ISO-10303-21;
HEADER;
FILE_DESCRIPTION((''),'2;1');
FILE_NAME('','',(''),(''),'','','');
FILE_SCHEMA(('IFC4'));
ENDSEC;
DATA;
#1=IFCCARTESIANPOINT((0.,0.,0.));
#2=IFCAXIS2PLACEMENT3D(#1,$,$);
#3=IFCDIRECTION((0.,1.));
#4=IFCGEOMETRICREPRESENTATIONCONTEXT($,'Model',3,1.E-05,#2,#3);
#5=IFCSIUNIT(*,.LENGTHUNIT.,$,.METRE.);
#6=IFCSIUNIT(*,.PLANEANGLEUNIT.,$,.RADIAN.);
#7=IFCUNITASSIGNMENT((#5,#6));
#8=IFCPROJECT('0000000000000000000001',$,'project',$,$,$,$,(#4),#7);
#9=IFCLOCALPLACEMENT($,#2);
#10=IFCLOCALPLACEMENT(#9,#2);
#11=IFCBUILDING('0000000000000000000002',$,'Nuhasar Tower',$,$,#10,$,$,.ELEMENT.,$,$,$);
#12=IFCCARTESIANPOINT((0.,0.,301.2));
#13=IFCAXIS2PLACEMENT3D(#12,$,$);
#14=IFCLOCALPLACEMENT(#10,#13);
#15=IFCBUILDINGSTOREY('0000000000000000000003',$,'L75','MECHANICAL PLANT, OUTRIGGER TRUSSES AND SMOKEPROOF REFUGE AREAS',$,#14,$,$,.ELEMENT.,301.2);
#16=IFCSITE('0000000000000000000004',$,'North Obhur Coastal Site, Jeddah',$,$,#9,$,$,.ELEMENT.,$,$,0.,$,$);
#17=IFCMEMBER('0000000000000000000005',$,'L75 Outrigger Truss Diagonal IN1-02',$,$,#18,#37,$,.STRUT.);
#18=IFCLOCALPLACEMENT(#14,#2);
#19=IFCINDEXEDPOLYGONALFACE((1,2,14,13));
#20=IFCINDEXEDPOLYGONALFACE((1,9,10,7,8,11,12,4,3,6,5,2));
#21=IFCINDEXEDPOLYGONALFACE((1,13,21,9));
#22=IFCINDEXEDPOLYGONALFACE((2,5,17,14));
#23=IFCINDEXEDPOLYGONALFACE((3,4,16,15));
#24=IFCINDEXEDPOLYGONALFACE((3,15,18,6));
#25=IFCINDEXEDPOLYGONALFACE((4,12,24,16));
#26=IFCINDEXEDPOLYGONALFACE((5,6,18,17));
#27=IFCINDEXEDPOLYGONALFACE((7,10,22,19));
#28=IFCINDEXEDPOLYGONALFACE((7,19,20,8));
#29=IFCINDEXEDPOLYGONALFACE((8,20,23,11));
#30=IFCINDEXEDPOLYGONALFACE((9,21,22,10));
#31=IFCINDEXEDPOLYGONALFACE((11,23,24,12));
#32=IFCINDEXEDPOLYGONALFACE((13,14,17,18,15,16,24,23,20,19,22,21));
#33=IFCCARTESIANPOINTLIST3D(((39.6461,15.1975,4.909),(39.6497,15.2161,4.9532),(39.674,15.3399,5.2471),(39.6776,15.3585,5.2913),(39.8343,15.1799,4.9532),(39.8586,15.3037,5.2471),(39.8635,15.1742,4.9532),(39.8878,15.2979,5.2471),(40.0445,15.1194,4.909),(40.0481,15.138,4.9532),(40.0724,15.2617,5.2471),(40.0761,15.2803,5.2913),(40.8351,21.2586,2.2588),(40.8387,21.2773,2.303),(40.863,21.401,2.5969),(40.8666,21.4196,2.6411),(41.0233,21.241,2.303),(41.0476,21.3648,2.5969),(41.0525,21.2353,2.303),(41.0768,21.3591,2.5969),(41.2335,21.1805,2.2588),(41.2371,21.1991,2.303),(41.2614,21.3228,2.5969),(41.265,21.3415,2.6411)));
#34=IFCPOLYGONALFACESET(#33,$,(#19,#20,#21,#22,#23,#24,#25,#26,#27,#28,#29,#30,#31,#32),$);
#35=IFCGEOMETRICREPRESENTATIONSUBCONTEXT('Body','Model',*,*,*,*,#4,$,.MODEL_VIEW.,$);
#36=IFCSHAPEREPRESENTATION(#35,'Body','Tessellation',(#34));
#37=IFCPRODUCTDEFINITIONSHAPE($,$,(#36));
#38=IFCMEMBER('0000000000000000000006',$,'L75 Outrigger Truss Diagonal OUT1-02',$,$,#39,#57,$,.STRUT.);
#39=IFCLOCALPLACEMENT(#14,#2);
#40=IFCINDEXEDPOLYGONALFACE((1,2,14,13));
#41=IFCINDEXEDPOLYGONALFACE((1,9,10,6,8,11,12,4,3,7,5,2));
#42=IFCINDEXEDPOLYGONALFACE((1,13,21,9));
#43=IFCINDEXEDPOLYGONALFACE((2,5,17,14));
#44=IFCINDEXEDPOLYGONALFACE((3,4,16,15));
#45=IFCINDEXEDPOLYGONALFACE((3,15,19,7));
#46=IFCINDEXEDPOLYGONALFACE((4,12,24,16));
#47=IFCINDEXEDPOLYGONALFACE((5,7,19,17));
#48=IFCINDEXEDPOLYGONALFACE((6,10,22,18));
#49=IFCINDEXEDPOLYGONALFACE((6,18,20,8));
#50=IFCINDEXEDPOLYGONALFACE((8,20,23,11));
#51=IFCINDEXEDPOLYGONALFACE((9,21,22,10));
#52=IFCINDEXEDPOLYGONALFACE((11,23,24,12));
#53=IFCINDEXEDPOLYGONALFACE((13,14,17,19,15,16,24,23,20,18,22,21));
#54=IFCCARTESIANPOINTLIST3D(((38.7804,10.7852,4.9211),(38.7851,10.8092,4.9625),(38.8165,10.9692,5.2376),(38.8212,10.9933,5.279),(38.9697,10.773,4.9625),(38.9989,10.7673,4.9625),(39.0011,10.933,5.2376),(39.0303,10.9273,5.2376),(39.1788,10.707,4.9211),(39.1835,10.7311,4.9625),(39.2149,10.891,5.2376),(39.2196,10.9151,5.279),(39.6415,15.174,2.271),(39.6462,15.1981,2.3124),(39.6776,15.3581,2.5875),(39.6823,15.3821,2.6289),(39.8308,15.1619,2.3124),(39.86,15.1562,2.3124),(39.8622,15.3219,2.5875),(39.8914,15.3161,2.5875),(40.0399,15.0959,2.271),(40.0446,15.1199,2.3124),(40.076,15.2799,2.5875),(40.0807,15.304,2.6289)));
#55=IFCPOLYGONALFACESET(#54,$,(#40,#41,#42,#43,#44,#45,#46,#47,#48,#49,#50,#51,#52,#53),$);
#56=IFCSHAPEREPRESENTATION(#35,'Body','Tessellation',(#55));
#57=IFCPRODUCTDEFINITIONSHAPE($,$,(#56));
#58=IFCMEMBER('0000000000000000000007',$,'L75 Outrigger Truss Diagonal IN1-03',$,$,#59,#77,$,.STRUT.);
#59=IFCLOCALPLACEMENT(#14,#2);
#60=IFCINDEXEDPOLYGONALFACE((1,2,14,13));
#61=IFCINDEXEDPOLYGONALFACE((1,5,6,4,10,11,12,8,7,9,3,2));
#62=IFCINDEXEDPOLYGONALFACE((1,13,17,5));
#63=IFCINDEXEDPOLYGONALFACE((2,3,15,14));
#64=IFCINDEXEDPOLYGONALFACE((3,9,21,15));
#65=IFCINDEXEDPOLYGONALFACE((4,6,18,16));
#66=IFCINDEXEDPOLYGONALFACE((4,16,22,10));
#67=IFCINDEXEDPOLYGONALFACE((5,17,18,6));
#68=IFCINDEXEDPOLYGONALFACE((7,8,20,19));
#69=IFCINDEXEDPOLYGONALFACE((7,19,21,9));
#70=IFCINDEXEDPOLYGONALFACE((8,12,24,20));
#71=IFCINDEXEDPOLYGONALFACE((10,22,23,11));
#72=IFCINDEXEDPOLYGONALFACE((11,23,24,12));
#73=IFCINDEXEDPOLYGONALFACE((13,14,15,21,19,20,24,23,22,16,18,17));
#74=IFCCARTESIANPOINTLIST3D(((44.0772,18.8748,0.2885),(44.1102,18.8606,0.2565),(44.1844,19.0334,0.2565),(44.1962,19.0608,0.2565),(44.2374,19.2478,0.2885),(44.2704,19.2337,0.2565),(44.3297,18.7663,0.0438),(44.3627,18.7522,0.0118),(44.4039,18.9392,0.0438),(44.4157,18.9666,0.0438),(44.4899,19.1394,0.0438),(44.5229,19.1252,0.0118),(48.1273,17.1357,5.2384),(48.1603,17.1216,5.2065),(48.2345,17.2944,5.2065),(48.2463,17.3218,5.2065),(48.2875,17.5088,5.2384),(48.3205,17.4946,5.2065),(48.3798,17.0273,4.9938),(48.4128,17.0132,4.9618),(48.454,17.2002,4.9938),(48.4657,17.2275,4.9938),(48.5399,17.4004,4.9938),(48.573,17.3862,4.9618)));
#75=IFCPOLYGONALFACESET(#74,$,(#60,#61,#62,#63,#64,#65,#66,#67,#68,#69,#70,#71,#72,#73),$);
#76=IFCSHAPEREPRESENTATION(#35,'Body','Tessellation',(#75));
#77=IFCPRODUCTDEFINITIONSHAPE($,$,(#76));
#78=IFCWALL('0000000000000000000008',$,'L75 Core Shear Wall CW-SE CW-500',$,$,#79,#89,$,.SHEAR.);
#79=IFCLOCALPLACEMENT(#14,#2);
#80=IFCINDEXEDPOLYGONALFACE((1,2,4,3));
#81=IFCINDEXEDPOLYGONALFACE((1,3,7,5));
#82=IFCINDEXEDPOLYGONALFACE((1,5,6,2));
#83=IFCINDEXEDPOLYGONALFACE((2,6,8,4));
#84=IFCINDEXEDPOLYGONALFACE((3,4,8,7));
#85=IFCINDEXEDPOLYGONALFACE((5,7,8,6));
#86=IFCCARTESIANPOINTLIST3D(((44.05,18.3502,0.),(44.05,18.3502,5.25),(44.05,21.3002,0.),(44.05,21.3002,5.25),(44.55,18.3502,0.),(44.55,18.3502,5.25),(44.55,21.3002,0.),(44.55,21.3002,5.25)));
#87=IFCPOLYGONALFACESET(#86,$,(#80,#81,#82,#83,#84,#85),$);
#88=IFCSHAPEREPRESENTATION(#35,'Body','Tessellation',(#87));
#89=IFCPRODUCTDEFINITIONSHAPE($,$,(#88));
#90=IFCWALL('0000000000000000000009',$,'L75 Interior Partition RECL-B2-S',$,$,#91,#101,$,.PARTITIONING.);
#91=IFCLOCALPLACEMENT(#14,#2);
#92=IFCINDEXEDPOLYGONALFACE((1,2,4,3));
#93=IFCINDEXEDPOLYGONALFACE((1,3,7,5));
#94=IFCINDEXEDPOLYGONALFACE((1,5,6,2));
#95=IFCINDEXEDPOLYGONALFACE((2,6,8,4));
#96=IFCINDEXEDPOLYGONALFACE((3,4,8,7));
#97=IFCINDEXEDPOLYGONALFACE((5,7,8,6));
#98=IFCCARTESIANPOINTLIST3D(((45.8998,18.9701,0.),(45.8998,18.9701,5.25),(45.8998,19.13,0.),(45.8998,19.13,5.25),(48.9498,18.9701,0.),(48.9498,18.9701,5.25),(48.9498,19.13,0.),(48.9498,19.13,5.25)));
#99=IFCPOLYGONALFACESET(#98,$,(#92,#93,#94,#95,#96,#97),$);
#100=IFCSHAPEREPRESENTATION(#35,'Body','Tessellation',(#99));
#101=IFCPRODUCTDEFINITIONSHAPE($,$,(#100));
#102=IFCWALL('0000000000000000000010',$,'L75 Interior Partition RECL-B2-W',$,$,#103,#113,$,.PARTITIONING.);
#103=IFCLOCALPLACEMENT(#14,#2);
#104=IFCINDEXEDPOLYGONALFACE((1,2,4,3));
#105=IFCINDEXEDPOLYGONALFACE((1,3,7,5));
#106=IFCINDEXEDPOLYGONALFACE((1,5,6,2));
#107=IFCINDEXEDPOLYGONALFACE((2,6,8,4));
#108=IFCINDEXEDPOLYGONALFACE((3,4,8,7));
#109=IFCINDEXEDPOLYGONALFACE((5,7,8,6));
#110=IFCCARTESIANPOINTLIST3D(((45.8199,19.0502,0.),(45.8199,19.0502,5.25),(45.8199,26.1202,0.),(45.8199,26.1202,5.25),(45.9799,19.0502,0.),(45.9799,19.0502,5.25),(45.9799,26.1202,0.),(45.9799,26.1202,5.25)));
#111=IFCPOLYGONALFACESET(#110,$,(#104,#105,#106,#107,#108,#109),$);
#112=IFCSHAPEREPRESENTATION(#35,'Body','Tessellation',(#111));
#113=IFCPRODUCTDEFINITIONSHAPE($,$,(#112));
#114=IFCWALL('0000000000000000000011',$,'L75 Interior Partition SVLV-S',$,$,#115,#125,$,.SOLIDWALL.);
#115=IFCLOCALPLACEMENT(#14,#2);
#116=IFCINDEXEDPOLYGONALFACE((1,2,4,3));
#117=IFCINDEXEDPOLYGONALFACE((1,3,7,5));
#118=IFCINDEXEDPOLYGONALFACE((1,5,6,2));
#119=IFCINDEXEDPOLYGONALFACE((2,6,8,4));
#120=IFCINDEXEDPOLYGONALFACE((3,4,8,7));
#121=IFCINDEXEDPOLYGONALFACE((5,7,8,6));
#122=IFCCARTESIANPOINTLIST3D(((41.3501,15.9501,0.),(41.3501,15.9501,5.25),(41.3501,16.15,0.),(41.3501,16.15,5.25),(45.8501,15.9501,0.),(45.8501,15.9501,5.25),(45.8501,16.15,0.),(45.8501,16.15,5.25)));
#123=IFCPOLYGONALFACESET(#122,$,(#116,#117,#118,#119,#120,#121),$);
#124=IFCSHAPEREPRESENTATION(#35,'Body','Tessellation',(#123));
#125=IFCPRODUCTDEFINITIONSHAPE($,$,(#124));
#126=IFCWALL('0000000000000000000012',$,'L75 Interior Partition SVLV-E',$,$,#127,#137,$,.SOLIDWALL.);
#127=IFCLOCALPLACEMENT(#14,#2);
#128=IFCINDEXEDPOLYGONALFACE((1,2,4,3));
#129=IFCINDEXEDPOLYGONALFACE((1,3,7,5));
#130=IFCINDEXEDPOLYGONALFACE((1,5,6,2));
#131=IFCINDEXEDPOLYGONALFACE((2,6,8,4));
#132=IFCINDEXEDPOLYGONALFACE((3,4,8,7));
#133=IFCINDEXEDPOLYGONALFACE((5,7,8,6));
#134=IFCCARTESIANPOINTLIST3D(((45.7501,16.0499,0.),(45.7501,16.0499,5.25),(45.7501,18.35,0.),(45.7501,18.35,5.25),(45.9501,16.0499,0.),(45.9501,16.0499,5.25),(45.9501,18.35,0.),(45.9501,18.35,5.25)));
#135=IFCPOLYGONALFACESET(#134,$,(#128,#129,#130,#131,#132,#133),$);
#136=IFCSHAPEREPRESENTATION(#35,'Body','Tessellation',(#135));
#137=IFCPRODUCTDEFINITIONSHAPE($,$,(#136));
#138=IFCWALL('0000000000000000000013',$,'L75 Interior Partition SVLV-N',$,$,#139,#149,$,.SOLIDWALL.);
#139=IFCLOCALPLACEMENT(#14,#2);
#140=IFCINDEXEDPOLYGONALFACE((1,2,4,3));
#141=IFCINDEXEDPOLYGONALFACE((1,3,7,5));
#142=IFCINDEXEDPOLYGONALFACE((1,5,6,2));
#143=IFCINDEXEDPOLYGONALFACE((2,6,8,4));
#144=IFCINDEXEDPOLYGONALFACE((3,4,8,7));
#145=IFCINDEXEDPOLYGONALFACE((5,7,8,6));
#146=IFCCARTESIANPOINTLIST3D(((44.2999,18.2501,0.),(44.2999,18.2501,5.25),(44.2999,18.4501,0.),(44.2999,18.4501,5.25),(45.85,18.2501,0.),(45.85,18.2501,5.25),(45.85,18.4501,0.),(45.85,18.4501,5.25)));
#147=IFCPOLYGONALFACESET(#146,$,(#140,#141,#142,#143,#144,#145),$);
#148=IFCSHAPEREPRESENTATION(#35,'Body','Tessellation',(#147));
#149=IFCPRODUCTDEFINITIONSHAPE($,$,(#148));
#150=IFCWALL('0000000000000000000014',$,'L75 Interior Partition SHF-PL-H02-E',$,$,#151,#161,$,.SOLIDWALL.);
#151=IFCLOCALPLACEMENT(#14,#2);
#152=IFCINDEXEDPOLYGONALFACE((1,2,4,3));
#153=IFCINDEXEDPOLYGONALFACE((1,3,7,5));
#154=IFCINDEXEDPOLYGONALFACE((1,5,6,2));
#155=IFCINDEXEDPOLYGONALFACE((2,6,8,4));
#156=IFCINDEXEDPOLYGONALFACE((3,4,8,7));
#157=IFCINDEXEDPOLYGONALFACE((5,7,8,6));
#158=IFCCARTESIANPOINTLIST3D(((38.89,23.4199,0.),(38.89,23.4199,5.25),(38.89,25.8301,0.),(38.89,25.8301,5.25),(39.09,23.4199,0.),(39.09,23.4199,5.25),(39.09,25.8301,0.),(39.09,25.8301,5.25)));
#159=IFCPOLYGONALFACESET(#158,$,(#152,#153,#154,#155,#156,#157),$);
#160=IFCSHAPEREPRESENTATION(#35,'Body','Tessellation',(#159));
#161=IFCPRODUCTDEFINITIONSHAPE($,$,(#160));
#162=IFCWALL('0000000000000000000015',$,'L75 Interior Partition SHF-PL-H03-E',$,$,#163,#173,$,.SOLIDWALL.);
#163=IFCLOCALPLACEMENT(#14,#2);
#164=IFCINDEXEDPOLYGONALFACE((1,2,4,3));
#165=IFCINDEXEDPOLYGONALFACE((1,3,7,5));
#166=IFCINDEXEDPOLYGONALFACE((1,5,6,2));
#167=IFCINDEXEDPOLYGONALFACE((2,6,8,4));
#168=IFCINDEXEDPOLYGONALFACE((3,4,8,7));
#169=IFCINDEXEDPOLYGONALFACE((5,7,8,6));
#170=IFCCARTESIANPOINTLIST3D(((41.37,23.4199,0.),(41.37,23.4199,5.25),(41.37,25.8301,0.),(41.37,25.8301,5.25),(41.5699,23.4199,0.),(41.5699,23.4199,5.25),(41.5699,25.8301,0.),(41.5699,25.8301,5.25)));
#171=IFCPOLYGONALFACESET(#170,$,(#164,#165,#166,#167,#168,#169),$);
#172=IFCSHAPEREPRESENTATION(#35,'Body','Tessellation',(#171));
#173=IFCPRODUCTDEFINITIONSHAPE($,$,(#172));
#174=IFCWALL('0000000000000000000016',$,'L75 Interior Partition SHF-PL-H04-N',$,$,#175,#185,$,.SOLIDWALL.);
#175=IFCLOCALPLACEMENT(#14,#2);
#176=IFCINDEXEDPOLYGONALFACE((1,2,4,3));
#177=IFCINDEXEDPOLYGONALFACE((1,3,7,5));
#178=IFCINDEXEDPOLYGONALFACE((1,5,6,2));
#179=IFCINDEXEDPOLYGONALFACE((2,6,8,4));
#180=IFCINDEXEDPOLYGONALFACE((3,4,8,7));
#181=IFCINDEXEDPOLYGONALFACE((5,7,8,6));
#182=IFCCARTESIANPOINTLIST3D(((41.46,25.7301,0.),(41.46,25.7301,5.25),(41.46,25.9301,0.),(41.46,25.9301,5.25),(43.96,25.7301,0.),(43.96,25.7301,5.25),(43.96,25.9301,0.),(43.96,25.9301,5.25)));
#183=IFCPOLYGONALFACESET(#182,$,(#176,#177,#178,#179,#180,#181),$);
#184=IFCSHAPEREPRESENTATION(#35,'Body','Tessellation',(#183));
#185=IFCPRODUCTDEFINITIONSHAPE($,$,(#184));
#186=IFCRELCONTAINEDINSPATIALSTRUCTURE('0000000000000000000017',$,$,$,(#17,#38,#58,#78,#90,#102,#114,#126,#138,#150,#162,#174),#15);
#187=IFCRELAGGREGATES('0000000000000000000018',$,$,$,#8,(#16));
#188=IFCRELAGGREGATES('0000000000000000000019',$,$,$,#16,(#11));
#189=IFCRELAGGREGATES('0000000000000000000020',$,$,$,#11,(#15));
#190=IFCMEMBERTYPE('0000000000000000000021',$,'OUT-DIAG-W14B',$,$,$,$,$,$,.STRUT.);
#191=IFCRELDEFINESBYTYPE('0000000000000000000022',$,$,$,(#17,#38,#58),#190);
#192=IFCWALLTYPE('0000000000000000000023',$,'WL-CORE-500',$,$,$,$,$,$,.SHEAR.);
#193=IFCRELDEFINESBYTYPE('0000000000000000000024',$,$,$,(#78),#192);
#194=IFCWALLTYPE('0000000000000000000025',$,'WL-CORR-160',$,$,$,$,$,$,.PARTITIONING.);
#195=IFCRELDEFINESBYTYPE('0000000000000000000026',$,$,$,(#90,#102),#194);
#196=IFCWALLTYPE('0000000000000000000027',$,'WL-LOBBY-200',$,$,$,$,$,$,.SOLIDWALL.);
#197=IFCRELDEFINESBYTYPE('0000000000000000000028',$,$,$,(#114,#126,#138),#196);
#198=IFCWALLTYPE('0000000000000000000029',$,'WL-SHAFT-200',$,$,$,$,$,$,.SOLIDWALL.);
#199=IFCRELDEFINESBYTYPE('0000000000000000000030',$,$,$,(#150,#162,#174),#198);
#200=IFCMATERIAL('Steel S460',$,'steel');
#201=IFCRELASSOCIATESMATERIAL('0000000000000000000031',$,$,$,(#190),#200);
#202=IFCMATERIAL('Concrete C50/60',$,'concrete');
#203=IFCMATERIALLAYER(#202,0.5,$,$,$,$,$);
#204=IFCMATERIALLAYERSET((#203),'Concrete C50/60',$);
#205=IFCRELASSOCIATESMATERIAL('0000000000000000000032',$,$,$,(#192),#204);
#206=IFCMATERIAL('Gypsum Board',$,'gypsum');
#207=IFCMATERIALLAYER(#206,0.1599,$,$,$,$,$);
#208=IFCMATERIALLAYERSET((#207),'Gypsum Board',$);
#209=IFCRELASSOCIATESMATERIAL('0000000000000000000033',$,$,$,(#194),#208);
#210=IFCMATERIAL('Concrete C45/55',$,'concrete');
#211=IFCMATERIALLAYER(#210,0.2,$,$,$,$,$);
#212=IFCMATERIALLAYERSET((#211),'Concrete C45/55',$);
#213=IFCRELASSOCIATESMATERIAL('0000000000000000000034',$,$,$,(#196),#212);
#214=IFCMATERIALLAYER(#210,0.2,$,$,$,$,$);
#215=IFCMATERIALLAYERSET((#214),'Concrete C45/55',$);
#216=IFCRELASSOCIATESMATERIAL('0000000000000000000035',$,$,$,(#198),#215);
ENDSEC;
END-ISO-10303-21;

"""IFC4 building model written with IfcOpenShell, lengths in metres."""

from ifc_helpers import new_model, si_unit, direction, frame, frame_2d, origin, origin_2d, place, context, subcontext, project, spatial, rectangle, i_section, extrude, material, layer, layer_set, material_profile, profile_set, type_object, element, save


model = new_model("IFC4")

# Units and contexts
model_context = context("Model", 3, precision=1e-05, world=origin(), true_north=direction((0.0, 1.0)))
body_context = subcontext(model_context, "Body", "Model", "MODEL_VIEW")
ifc_project = project(units=[si_unit("LENGTHUNIT", "METRE"), si_unit("PLANEANGLEUNIT", "RADIAN")], contexts=[model_context])

# Site, building, storey
site_placement = place(None, origin())
site = spatial("IfcSite", under=ifc_project, at=site_placement, Name="North Obhur Coastal Site, Jeddah", CompositionType="ELEMENT", RefElevation=0.0)
building_placement = place(site_placement, origin())
building = spatial("IfcBuilding", under=site, at=building_placement, Name="Nuhasar Tower", CompositionType="ELEMENT")
storey_placement = place(building_placement, frame((0.0, 0.0, 301.2)))
storey = spatial("IfcBuildingStorey", under=building, at=storey_placement, Name="L75", Description="MECHANICAL PLANT, OUTRIGGER TRUSSES AND SMOKEPROOF REFUGE AREAS", CompositionType="ELEMENT", Elevation=301.2)

# Shared definitions
ifc_material_1 = material(Name="Concrete C50/60", Category="concrete")

# Members
ifc_material_2 = material(Name="Steel S460", Category="steel")
ifc_material_profile_1 = material_profile(ifc_material_2, i_section(OverallWidth=0.406, OverallDepth=0.416, WebThickness=0.0298, FlangeThickness=0.0481, at=origin_2d()), Name="W14X257")
ifc_profile_set_1 = profile_set([ifc_material_profile_1], Name="Steel S460")
member_type_1 = type_object("IfcMemberType", Name="OUT-DIAG-W14B", PredefinedType="STRUT", material=ifc_profile_set_1)
member_1_placement = place(storey_placement, frame((41.05, 21.3, 2.45), z_axis=(-0.176901, -0.901793, 0.394303), x_axis=(0.981298, -0.192497, 0.0)))
element("IfcMember", 1, at=member_1_placement, inside=storey, type_object=member_type_1, Name="L75 Outrigger Truss Diagonal IN1-02", PredefinedType="STRUT", context=body_context, shape_type="SweptSolid", body=[
    extrude(i_section(OverallWidth=0.406, OverallDepth=0.416, WebThickness=0.0298, FlangeThickness=0.0481, at=origin_2d()), origin(), (0.0, 0.0, 1.0), 6.7212),
])
member_2_placement = place(storey_placement, frame((39.8611, 15.239, 2.45), z_axis=(-0.165632, -0.84422, 0.509763), x_axis=(0.981292, -0.192525, 0.0)))
element("IfcMember", 2, at=member_2_placement, inside=storey, type_object=member_type_1, Name="L75 Outrigger Truss Diagonal OUT1-02", PredefinedType="STRUT", context=body_context, shape_type="SweptSolid", body=[
    extrude(i_section(OverallWidth=0.406, OverallDepth=0.416, WebThickness=0.0298, FlangeThickness=0.0481, at=origin_2d()), origin(), (0.0, 0.0, 1.0), 5.1987),
])
member_3_placement = place(storey_placement, frame((44.3, 19.0, 0.1501), z_axis=(0.61106, -0.262378, 0.746835), x_axis=(0.394548, 0.918876, 0.0)))
element("IfcMember", 3, at=member_3_placement, inside=storey, type_object=member_type_1, Name="L75 Outrigger Truss Diagonal IN1-03", PredefinedType="STRUT", context=body_context, shape_type="SweptSolid", body=[
    extrude(i_section(OverallWidth=0.406, OverallDepth=0.416, WebThickness=0.0298, FlangeThickness=0.0481, at=origin_2d()), origin(), (0.0, 0.0, 1.0), 6.6279),
])

# Walls
ifc_layer_1 = layer(ifc_material_1, 0.5)
ifc_layer_set_1 = layer_set([ifc_layer_1], Name="Concrete C50/60")
wall_type_1 = type_object("IfcWallType", Name="WL-CORE-500", PredefinedType="SHEAR", material=ifc_layer_set_1)
wall_1_placement = place(storey_placement, frame((44.3, 18.3501, 0.0), z_axis=(0.0, 0.0, 1.0), x_axis=(0.0, 1.0, 0.0)))
element("IfcWall", 4, at=wall_1_placement, inside=storey, type_object=wall_type_1, Name="L75 Core Shear Wall CW-SE CW-500", PredefinedType="SHEAR", context=body_context, shape_type="SweptSolid", body=[
    extrude(rectangle(XDim=2.95, YDim=0.5, at=frame_2d((1.4751, 0.0))), origin(), (0.0, 0.0, 1.0), 5.25),
])
ifc_material_3 = material(Name="Gypsum Board", Category="gypsum")
ifc_layer_2 = layer(ifc_material_3, 0.1599)
ifc_layer_set_2 = layer_set([ifc_layer_2], Name="Gypsum Board")
wall_type_2 = type_object("IfcWallType", Name="WL-CORR-160", PredefinedType="PARTITIONING", material=ifc_layer_set_2)
wall_2_placement = place(storey_placement, frame((45.8999, 19.05, 0.0), z_axis=(0.0, 0.0, 1.0), x_axis=(1.0, 0.0, 0.0)))
element("IfcWall", 5, at=wall_2_placement, inside=storey, type_object=wall_type_2, Name="L75 Interior Partition RECL-B2-S", PredefinedType="PARTITIONING", context=body_context, shape_type="SweptSolid", body=[
    extrude(rectangle(XDim=3.05, YDim=0.1599, at=frame_2d((1.5249, 0.0))), origin(), (0.0, 0.0, 1.0), 5.25),
])
wall_3_placement = place(storey_placement, frame((45.8999, 19.05, 0.0), z_axis=(0.0, 0.0, 1.0), x_axis=(0.0, 1.0, 0.0)))
element("IfcWall", 6, at=wall_3_placement, inside=storey, type_object=wall_type_2, Name="L75 Interior Partition RECL-B2-W", PredefinedType="PARTITIONING", context=body_context, shape_type="SweptSolid", body=[
    extrude(rectangle(XDim=7.0701, YDim=0.1599, at=frame_2d((3.5352, 0.0))), origin(), (0.0, 0.0, 1.0), 5.25),
])

# Shared definitions
ifc_material_4 = material(Name="Concrete C45/55", Category="concrete")
ifc_layer_3 = layer(ifc_material_4, 0.2)
ifc_layer_set_3 = layer_set([ifc_layer_3], Name="Concrete C45/55")
wall_type_3 = type_object("IfcWallType", Name="WL-LOBBY-200", PredefinedType="SOLIDWALL", material=ifc_layer_set_3)

# Walls
wall_4_placement = place(storey_placement, frame((41.3501, 16.05, 0.0), z_axis=(0.0, 0.0, 1.0), x_axis=(1.0, 0.0, 0.0)))
element("IfcWall", 7, at=wall_4_placement, inside=storey, type_object=wall_type_3, Name="L75 Interior Partition SVLV-S", PredefinedType="SOLIDWALL", context=body_context, shape_type="SweptSolid", body=[
    extrude(rectangle(XDim=4.5, YDim=0.2, at=frame_2d((2.25, 0.0))), origin(), (0.0, 0.0, 1.0), 5.25),
])
wall_5_placement = place(storey_placement, frame((45.8501, 16.05, 0.0), z_axis=(0.0, 0.0, 1.0), x_axis=(0.0, 1.0, 0.0)))
element("IfcWall", 8, at=wall_5_placement, inside=storey, type_object=wall_type_3, Name="L75 Interior Partition SVLV-E", PredefinedType="SOLIDWALL", context=body_context, shape_type="SweptSolid", body=[
    extrude(rectangle(XDim=2.3, YDim=0.2, at=frame_2d((1.1499, 0.0))), origin(), (0.0, 0.0, 1.0), 5.25),
])
wall_6_placement = place(storey_placement, frame((44.3, 18.3501, 0.0), z_axis=(0.0, 0.0, 1.0), x_axis=(1.0, 0.0, 0.0)))
element("IfcWall", 9, at=wall_6_placement, inside=storey, type_object=wall_type_3, Name="L75 Interior Partition SVLV-N", PredefinedType="SOLIDWALL", context=body_context, shape_type="SweptSolid", body=[
    extrude(rectangle(XDim=1.55, YDim=0.2, at=frame_2d((0.7749, 0.0))), origin(), (0.0, 0.0, 1.0), 5.25),
])
ifc_layer_4 = layer(ifc_material_4, 0.2)
ifc_layer_set_4 = layer_set([ifc_layer_4], Name="Concrete C45/55")
wall_type_4 = type_object("IfcWallType", Name="WL-SHAFT-200", PredefinedType="SOLIDWALL", material=ifc_layer_set_4)
for number, where, z_axis, x_axis, name in (
    (10, (38.99, 23.4199, 0.0), (0.0, 0.0, 1.0), (0.0, 1.0, 0.0), "L75 Interior Partition SHF-PL-H02-E"),
    (11, (41.47, 23.4199, 0.0), (0.0, 0.0, 1.0), (0.0, 1.0, 0.0), "L75 Interior Partition SHF-PL-H03-E"),
):
    element("IfcWall", number, at=place(storey_placement, frame(where, z_axis=z_axis, x_axis=x_axis)), inside=storey, type_object=wall_type_4, Name=name, PredefinedType="SOLIDWALL", context=body_context, shape_type="SweptSolid", body=[
        extrude(rectangle(XDim=2.4102, YDim=0.2, at=frame_2d((1.2051, 0.0))), origin(), (0.0, 0.0, 1.0), 5.25),
    ])

# Wall
wall_7_placement = place(storey_placement, frame((41.46, 25.8301, 0.0), z_axis=(0.0, 0.0, 1.0), x_axis=(1.0, 0.0, 0.0)))
element("IfcWall", 12, at=wall_7_placement, inside=storey, type_object=wall_type_4, Name="L75 Interior Partition SHF-PL-H04-N", PredefinedType="SOLIDWALL", context=body_context, shape_type="SweptSolid", body=[
    extrude(rectangle(XDim=2.5, YDim=0.2, at=frame_2d((1.25, 0.0))), origin(), (0.0, 0.0, 1.0), 5.25),
])

save(model, "model.ifc")
